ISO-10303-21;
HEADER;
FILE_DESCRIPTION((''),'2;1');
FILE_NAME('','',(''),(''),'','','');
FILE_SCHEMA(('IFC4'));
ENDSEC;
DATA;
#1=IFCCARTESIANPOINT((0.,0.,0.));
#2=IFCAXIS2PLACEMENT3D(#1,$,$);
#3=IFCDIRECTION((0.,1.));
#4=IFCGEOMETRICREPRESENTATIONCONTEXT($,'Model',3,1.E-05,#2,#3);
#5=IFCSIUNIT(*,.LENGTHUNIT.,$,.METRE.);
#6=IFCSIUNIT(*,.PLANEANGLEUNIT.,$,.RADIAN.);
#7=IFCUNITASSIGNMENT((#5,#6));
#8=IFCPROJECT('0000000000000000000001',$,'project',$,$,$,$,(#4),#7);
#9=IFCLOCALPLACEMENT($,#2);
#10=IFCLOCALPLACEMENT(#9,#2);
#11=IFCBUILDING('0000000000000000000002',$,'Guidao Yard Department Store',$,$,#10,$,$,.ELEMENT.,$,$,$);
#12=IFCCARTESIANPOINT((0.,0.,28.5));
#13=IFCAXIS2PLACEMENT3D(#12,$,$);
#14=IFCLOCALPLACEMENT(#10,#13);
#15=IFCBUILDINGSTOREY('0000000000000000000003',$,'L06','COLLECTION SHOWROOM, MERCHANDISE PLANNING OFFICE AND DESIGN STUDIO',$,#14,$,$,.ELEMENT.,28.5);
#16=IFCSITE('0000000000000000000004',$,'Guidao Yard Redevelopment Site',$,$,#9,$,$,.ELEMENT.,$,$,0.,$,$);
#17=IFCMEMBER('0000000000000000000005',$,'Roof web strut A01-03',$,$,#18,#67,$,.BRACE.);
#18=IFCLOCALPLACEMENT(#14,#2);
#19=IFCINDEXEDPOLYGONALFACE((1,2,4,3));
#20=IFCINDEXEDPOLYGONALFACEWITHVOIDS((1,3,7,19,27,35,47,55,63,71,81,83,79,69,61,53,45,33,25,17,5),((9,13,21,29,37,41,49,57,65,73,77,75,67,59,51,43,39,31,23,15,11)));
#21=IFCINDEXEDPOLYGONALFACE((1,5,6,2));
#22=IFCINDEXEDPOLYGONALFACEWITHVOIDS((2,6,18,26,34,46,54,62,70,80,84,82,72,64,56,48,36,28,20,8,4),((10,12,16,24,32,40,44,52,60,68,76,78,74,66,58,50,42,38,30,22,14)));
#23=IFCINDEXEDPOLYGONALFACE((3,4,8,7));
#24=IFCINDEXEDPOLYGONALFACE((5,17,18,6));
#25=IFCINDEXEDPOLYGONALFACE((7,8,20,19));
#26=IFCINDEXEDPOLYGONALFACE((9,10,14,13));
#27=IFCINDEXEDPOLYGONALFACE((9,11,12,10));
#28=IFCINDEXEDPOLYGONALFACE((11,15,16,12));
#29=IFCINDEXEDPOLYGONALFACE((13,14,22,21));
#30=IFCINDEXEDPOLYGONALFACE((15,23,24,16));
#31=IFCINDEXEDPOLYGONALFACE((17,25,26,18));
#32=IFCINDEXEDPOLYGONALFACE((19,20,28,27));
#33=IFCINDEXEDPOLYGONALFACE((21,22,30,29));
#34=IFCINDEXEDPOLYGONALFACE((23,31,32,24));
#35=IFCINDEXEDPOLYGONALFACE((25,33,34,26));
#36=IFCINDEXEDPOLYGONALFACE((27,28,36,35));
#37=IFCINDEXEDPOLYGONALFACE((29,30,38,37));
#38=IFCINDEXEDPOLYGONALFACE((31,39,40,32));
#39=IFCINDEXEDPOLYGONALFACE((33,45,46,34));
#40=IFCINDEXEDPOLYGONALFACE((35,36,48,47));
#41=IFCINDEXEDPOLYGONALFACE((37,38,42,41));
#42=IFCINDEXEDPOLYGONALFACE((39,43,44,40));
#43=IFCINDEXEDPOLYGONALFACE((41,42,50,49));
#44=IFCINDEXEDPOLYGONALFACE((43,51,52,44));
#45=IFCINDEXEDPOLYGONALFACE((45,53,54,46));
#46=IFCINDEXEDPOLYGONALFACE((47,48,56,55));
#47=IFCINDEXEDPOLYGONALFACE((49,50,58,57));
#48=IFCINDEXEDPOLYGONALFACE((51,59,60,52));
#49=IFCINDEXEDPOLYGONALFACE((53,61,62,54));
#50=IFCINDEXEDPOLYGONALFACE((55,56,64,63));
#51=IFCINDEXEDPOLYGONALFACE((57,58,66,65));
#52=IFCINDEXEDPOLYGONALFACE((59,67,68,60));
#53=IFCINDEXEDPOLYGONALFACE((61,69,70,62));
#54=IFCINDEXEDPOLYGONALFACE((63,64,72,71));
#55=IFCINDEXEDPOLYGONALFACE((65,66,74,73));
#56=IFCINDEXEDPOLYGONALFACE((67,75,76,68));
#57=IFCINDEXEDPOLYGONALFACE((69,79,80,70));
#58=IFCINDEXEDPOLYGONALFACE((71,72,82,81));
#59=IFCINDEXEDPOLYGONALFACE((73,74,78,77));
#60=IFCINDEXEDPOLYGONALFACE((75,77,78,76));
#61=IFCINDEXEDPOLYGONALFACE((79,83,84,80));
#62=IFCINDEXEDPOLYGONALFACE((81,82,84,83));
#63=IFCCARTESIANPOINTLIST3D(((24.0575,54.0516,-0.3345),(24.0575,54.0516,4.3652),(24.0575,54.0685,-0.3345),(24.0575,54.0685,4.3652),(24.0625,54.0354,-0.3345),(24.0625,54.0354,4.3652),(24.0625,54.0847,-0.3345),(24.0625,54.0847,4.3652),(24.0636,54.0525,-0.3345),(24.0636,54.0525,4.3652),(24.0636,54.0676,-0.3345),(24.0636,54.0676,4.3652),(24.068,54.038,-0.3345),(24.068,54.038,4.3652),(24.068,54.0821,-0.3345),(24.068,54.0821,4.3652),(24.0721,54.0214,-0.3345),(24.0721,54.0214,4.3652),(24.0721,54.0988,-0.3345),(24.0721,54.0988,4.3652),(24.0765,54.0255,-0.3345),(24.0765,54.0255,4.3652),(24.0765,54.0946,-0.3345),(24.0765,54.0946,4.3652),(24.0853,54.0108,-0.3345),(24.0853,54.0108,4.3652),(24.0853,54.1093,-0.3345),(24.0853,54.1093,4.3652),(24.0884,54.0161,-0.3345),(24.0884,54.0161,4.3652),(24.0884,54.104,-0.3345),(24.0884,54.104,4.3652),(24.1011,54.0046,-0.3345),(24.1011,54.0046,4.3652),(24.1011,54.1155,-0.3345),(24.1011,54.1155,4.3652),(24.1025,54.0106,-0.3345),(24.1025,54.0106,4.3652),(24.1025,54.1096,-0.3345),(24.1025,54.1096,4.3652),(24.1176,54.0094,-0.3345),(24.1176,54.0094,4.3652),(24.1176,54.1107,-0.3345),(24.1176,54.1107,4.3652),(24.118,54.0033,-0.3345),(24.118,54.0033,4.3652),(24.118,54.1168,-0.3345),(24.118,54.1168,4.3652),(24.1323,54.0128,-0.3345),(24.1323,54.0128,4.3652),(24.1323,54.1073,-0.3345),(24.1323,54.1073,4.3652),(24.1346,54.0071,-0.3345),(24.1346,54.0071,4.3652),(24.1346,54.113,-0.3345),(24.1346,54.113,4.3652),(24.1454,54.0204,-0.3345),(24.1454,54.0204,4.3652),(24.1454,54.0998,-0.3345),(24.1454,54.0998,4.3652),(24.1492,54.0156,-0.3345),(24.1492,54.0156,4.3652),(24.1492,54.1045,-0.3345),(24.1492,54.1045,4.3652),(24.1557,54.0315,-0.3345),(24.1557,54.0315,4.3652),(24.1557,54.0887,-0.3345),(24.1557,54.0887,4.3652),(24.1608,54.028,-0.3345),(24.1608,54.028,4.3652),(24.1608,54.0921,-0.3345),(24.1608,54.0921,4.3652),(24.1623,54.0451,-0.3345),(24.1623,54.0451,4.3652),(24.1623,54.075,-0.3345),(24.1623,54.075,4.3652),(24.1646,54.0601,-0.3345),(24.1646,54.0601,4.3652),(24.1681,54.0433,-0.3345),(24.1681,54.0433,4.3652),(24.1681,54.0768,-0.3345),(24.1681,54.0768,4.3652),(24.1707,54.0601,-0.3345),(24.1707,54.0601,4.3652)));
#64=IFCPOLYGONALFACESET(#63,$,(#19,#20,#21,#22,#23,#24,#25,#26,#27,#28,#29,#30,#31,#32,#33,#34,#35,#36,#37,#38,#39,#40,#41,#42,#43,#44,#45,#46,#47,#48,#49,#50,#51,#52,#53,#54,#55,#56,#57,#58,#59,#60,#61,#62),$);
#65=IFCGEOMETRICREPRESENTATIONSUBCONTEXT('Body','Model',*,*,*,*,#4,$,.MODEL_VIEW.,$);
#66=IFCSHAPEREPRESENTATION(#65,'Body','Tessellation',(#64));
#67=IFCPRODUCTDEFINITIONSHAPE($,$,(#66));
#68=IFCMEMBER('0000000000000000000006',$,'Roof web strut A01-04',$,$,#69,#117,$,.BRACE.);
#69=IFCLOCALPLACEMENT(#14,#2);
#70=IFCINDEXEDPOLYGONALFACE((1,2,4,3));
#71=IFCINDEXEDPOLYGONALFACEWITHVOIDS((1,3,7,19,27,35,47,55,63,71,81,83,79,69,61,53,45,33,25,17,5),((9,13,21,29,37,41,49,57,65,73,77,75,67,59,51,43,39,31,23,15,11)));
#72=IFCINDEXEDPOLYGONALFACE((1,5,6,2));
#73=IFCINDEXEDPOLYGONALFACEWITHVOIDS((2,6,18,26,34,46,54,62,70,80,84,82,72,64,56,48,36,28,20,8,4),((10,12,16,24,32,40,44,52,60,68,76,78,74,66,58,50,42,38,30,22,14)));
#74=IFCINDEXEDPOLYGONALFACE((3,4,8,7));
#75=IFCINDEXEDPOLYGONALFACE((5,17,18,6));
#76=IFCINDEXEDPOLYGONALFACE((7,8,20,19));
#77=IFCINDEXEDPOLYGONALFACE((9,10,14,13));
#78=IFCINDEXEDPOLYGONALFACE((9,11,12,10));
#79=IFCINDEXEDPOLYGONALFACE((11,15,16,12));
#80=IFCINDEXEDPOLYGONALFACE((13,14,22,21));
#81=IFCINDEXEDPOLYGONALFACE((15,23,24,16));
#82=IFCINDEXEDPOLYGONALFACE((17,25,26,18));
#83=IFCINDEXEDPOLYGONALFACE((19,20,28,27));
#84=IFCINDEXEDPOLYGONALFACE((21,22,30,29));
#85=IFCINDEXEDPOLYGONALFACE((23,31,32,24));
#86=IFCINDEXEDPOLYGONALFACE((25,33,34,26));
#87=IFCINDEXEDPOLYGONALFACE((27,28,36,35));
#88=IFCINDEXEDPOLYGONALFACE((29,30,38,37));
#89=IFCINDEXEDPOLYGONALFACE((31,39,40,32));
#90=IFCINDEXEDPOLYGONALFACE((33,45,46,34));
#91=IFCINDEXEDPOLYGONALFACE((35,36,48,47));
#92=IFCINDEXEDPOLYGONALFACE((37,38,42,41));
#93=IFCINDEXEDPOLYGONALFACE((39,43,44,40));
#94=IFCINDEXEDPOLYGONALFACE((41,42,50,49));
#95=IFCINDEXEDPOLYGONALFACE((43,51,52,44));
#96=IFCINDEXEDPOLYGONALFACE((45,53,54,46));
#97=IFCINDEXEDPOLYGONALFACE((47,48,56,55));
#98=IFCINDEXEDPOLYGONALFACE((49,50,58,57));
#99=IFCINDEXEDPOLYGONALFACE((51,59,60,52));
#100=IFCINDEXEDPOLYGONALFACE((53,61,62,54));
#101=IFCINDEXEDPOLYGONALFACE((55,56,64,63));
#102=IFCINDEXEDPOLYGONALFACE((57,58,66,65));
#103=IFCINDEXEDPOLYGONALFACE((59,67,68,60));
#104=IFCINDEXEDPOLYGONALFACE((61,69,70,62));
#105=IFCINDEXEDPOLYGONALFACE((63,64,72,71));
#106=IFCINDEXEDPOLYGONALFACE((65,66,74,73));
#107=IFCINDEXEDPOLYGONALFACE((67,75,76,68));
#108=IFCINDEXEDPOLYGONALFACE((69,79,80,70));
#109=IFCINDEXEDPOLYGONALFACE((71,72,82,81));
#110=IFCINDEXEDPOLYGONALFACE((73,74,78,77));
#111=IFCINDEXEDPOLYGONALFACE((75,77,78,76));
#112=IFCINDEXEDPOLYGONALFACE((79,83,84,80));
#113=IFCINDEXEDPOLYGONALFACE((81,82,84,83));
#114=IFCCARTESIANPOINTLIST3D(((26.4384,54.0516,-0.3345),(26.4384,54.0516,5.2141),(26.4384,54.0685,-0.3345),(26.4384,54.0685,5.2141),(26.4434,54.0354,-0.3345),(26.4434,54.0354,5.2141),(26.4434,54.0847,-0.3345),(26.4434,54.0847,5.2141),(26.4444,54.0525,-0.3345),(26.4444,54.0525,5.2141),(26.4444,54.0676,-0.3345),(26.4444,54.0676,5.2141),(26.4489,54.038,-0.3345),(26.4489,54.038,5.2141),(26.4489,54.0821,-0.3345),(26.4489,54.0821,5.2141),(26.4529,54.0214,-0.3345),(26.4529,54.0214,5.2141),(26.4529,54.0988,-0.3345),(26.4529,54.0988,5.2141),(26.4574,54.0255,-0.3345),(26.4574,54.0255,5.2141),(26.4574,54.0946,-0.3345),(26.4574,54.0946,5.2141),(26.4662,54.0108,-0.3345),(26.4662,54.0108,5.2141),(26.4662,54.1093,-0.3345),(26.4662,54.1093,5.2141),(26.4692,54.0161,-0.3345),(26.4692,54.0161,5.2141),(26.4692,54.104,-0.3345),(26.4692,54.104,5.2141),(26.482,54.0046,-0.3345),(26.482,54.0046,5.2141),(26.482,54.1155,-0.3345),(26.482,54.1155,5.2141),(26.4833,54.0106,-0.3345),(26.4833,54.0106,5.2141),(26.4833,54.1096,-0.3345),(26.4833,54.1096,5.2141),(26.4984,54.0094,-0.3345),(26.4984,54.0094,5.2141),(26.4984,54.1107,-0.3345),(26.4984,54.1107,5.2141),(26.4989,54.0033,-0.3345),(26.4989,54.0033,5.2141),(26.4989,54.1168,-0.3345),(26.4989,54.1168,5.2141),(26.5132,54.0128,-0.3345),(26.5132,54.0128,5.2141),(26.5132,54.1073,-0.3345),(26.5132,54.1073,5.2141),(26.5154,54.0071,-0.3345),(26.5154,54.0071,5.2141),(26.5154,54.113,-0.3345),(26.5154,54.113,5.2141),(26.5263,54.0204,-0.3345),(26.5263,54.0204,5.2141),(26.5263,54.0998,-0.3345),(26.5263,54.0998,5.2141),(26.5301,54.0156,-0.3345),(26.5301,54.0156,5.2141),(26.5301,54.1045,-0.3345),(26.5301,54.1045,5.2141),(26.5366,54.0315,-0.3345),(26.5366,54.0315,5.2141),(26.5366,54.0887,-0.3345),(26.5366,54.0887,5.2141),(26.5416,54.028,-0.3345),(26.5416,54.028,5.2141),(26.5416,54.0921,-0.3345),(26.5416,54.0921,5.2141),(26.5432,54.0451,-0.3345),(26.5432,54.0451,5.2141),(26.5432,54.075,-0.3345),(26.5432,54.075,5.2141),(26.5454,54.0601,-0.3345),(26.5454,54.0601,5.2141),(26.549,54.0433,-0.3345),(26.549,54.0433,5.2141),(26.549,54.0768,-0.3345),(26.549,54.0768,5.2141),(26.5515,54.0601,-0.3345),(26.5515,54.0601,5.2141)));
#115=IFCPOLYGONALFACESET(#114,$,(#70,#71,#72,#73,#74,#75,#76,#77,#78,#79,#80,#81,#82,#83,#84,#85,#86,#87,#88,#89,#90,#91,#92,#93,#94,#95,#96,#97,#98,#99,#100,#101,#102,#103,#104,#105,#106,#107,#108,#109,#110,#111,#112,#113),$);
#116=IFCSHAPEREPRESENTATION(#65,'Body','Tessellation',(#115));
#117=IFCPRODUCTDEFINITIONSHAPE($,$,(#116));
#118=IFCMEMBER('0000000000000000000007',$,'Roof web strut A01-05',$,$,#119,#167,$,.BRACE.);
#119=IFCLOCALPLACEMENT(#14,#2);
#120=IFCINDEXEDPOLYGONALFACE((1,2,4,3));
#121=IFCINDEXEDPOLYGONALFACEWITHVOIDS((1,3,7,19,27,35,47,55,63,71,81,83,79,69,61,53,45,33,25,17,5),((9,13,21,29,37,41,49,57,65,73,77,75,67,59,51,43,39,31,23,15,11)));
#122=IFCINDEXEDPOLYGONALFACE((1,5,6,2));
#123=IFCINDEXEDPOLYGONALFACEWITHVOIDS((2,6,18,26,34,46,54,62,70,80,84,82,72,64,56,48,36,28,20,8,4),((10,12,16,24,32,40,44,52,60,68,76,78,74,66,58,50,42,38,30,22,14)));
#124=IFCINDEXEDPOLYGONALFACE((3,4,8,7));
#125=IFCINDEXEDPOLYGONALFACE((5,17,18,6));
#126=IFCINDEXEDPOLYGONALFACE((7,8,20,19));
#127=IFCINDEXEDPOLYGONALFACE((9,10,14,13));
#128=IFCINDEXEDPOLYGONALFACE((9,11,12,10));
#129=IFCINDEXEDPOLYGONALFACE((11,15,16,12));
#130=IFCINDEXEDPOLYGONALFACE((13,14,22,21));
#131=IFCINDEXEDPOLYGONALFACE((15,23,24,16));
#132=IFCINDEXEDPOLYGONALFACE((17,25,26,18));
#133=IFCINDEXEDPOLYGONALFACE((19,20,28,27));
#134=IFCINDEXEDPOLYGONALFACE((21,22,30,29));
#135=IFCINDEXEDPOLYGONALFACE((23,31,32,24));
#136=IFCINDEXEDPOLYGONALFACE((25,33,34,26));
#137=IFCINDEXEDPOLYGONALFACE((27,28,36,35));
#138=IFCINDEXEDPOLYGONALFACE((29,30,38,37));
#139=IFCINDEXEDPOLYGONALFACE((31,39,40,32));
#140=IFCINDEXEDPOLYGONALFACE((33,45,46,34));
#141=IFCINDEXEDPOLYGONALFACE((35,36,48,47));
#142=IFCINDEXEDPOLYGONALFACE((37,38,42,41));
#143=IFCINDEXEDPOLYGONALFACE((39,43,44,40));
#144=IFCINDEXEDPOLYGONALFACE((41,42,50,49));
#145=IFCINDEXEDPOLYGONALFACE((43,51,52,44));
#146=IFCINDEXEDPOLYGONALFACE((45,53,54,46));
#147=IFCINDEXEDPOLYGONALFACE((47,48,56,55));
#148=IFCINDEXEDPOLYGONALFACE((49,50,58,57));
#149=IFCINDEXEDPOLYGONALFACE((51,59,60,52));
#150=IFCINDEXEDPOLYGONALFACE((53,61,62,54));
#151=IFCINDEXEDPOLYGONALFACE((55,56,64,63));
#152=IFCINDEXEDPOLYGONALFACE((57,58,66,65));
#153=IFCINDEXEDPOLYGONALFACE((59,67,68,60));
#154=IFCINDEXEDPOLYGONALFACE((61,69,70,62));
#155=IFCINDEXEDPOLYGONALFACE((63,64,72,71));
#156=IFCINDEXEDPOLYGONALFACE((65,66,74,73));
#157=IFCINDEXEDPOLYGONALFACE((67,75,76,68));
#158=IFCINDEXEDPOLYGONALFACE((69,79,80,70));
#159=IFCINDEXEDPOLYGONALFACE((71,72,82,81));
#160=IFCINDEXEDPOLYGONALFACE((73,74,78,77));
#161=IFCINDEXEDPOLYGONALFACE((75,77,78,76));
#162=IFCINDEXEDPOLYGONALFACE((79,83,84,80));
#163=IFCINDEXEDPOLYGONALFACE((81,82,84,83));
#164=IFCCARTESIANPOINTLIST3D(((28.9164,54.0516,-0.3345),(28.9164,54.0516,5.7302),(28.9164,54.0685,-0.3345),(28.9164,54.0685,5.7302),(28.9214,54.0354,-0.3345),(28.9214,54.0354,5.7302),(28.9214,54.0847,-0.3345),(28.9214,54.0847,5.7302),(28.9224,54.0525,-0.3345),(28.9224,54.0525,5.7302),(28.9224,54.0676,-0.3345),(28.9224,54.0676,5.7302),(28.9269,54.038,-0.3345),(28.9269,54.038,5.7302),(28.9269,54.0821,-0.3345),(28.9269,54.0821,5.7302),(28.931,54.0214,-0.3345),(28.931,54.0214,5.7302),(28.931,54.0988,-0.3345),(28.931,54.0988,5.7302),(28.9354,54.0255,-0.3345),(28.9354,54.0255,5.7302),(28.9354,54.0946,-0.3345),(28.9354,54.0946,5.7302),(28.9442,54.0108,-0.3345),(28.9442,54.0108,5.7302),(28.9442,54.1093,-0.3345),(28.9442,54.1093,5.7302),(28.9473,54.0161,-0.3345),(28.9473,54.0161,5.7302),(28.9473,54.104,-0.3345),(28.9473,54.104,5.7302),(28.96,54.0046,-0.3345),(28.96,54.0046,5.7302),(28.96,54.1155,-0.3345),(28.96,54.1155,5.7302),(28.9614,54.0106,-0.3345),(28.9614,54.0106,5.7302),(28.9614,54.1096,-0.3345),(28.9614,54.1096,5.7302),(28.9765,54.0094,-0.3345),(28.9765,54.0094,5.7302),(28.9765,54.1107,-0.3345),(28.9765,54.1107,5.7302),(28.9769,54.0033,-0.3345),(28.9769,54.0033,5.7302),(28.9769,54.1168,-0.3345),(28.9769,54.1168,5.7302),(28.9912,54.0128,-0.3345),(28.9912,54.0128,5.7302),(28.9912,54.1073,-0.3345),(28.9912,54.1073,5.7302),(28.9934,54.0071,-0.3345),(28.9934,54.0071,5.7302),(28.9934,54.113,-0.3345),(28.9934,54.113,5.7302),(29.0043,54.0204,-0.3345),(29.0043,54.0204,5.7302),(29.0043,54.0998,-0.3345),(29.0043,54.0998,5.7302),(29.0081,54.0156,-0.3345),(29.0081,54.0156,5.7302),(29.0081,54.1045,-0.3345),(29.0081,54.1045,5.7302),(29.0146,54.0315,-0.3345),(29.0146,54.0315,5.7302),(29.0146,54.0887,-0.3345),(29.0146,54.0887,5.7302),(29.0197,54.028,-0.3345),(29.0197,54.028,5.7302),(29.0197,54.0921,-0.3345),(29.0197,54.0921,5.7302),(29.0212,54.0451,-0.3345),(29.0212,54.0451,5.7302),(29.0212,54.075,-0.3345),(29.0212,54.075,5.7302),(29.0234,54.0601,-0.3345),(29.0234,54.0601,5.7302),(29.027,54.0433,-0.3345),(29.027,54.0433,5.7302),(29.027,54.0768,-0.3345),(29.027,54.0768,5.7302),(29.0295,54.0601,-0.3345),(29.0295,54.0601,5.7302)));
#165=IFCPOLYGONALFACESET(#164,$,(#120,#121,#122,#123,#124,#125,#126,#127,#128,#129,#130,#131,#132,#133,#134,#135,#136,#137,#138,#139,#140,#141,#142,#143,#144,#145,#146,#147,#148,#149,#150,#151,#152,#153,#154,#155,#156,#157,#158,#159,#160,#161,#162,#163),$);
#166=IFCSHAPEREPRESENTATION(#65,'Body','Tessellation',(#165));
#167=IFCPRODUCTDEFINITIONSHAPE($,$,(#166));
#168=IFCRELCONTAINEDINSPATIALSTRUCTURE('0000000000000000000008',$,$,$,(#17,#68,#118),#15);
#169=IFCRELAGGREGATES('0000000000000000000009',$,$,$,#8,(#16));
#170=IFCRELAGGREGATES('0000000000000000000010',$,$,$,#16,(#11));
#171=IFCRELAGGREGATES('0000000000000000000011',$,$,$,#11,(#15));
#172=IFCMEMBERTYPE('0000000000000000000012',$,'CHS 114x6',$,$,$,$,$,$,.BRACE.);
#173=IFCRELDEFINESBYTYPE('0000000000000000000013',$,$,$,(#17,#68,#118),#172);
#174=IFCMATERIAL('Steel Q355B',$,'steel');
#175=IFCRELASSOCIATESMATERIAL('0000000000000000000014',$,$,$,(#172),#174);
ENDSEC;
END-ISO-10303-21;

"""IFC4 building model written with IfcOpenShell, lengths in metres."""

from ifc_helpers import new_model, si_unit, direction, frame, origin, origin_2d, place, context, subcontext, project, spatial, hollow_circle, extrude, material, material_profile, profile_set, type_object, element, save


model = new_model("IFC4")

# Units and contexts
model_context = context("Model", 3, precision=1e-05, world=origin(), true_north=direction((0.0, 1.0)))
body_context = subcontext(model_context, "Body", "Model", "MODEL_VIEW")
ifc_project = project(units=[si_unit("LENGTHUNIT", "METRE"), si_unit("PLANEANGLEUNIT", "RADIAN")], contexts=[model_context])

# Site, building, storey
site_placement = place(None, origin())
site = spatial("IfcSite", under=ifc_project, at=site_placement, Name="Guidao Yard Redevelopment Site", CompositionType="ELEMENT", RefElevation=0.0)
building_placement = place(site_placement, origin())
building = spatial("IfcBuilding", under=site, at=building_placement, Name="Guidao Yard Department Store", CompositionType="ELEMENT")
storey_placement = place(building_placement, frame((0.0, 0.0, 28.5)))
storey = spatial("IfcBuildingStorey", under=building, at=storey_placement, Name="L06", Description="COLLECTION SHOWROOM, MERCHANDISE PLANNING OFFICE AND DESIGN STUDIO", CompositionType="ELEMENT", Elevation=28.5)

# Members
ifc_material_1 = material(Name="Steel Q355B", Category="steel")
ifc_material_profile_1 = material_profile(ifc_material_1, hollow_circle(Radius=0.0569, WallThickness=0.0061, at=origin_2d()), Name="CHS 114x6")
ifc_profile_set_1 = profile_set([ifc_material_profile_1], Name="Steel Q355B")
member_type_1 = type_object("IfcMemberType", Name="CHS 114x6", PredefinedType="BRACE", material=ifc_profile_set_1)
member_1_placement = place(storey_placement, frame((24.1138, 54.0601, -0.3345), z_axis=(0.0, 0.0, 1.0), x_axis=(1.0, 0.0, 0.0)))
element("IfcMember", 1, at=member_1_placement, inside=storey, type_object=member_type_1, Name="Roof web strut A01-03", PredefinedType="BRACE", context=body_context, shape_type="SweptSolid", body=[
    extrude(hollow_circle(Radius=0.0569, WallThickness=0.0061, at=origin_2d()), origin(), (0.0, 0.0, 1.0), 4.6997),
])
member_2_placement = place(storey_placement, frame((26.4946, 54.0601, -0.3345), z_axis=(0.0, 0.0, 1.0), x_axis=(1.0, 0.0, 0.0)))
element("IfcMember", 2, at=member_2_placement, inside=storey, type_object=member_type_1, Name="Roof web strut A01-04", PredefinedType="BRACE", context=body_context, shape_type="SweptSolid", body=[
    extrude(hollow_circle(Radius=0.0569, WallThickness=0.0061, at=origin_2d()), origin(), (0.0, 0.0, 1.0), 5.5486),
])
member_3_placement = place(storey_placement, frame((28.9727, 54.0601, -0.3345), z_axis=(0.0, 0.0, 1.0), x_axis=(1.0, 0.0, 0.0)))
element("IfcMember", 3, at=member_3_placement, inside=storey, type_object=member_type_1, Name="Roof web strut A01-05", PredefinedType="BRACE", context=body_context, shape_type="SweptSolid", body=[
    extrude(hollow_circle(Radius=0.0569, WallThickness=0.0061, at=origin_2d()), origin(), (0.0, 0.0, 1.0), 6.0647),
])

save(model, "model.ifc")
